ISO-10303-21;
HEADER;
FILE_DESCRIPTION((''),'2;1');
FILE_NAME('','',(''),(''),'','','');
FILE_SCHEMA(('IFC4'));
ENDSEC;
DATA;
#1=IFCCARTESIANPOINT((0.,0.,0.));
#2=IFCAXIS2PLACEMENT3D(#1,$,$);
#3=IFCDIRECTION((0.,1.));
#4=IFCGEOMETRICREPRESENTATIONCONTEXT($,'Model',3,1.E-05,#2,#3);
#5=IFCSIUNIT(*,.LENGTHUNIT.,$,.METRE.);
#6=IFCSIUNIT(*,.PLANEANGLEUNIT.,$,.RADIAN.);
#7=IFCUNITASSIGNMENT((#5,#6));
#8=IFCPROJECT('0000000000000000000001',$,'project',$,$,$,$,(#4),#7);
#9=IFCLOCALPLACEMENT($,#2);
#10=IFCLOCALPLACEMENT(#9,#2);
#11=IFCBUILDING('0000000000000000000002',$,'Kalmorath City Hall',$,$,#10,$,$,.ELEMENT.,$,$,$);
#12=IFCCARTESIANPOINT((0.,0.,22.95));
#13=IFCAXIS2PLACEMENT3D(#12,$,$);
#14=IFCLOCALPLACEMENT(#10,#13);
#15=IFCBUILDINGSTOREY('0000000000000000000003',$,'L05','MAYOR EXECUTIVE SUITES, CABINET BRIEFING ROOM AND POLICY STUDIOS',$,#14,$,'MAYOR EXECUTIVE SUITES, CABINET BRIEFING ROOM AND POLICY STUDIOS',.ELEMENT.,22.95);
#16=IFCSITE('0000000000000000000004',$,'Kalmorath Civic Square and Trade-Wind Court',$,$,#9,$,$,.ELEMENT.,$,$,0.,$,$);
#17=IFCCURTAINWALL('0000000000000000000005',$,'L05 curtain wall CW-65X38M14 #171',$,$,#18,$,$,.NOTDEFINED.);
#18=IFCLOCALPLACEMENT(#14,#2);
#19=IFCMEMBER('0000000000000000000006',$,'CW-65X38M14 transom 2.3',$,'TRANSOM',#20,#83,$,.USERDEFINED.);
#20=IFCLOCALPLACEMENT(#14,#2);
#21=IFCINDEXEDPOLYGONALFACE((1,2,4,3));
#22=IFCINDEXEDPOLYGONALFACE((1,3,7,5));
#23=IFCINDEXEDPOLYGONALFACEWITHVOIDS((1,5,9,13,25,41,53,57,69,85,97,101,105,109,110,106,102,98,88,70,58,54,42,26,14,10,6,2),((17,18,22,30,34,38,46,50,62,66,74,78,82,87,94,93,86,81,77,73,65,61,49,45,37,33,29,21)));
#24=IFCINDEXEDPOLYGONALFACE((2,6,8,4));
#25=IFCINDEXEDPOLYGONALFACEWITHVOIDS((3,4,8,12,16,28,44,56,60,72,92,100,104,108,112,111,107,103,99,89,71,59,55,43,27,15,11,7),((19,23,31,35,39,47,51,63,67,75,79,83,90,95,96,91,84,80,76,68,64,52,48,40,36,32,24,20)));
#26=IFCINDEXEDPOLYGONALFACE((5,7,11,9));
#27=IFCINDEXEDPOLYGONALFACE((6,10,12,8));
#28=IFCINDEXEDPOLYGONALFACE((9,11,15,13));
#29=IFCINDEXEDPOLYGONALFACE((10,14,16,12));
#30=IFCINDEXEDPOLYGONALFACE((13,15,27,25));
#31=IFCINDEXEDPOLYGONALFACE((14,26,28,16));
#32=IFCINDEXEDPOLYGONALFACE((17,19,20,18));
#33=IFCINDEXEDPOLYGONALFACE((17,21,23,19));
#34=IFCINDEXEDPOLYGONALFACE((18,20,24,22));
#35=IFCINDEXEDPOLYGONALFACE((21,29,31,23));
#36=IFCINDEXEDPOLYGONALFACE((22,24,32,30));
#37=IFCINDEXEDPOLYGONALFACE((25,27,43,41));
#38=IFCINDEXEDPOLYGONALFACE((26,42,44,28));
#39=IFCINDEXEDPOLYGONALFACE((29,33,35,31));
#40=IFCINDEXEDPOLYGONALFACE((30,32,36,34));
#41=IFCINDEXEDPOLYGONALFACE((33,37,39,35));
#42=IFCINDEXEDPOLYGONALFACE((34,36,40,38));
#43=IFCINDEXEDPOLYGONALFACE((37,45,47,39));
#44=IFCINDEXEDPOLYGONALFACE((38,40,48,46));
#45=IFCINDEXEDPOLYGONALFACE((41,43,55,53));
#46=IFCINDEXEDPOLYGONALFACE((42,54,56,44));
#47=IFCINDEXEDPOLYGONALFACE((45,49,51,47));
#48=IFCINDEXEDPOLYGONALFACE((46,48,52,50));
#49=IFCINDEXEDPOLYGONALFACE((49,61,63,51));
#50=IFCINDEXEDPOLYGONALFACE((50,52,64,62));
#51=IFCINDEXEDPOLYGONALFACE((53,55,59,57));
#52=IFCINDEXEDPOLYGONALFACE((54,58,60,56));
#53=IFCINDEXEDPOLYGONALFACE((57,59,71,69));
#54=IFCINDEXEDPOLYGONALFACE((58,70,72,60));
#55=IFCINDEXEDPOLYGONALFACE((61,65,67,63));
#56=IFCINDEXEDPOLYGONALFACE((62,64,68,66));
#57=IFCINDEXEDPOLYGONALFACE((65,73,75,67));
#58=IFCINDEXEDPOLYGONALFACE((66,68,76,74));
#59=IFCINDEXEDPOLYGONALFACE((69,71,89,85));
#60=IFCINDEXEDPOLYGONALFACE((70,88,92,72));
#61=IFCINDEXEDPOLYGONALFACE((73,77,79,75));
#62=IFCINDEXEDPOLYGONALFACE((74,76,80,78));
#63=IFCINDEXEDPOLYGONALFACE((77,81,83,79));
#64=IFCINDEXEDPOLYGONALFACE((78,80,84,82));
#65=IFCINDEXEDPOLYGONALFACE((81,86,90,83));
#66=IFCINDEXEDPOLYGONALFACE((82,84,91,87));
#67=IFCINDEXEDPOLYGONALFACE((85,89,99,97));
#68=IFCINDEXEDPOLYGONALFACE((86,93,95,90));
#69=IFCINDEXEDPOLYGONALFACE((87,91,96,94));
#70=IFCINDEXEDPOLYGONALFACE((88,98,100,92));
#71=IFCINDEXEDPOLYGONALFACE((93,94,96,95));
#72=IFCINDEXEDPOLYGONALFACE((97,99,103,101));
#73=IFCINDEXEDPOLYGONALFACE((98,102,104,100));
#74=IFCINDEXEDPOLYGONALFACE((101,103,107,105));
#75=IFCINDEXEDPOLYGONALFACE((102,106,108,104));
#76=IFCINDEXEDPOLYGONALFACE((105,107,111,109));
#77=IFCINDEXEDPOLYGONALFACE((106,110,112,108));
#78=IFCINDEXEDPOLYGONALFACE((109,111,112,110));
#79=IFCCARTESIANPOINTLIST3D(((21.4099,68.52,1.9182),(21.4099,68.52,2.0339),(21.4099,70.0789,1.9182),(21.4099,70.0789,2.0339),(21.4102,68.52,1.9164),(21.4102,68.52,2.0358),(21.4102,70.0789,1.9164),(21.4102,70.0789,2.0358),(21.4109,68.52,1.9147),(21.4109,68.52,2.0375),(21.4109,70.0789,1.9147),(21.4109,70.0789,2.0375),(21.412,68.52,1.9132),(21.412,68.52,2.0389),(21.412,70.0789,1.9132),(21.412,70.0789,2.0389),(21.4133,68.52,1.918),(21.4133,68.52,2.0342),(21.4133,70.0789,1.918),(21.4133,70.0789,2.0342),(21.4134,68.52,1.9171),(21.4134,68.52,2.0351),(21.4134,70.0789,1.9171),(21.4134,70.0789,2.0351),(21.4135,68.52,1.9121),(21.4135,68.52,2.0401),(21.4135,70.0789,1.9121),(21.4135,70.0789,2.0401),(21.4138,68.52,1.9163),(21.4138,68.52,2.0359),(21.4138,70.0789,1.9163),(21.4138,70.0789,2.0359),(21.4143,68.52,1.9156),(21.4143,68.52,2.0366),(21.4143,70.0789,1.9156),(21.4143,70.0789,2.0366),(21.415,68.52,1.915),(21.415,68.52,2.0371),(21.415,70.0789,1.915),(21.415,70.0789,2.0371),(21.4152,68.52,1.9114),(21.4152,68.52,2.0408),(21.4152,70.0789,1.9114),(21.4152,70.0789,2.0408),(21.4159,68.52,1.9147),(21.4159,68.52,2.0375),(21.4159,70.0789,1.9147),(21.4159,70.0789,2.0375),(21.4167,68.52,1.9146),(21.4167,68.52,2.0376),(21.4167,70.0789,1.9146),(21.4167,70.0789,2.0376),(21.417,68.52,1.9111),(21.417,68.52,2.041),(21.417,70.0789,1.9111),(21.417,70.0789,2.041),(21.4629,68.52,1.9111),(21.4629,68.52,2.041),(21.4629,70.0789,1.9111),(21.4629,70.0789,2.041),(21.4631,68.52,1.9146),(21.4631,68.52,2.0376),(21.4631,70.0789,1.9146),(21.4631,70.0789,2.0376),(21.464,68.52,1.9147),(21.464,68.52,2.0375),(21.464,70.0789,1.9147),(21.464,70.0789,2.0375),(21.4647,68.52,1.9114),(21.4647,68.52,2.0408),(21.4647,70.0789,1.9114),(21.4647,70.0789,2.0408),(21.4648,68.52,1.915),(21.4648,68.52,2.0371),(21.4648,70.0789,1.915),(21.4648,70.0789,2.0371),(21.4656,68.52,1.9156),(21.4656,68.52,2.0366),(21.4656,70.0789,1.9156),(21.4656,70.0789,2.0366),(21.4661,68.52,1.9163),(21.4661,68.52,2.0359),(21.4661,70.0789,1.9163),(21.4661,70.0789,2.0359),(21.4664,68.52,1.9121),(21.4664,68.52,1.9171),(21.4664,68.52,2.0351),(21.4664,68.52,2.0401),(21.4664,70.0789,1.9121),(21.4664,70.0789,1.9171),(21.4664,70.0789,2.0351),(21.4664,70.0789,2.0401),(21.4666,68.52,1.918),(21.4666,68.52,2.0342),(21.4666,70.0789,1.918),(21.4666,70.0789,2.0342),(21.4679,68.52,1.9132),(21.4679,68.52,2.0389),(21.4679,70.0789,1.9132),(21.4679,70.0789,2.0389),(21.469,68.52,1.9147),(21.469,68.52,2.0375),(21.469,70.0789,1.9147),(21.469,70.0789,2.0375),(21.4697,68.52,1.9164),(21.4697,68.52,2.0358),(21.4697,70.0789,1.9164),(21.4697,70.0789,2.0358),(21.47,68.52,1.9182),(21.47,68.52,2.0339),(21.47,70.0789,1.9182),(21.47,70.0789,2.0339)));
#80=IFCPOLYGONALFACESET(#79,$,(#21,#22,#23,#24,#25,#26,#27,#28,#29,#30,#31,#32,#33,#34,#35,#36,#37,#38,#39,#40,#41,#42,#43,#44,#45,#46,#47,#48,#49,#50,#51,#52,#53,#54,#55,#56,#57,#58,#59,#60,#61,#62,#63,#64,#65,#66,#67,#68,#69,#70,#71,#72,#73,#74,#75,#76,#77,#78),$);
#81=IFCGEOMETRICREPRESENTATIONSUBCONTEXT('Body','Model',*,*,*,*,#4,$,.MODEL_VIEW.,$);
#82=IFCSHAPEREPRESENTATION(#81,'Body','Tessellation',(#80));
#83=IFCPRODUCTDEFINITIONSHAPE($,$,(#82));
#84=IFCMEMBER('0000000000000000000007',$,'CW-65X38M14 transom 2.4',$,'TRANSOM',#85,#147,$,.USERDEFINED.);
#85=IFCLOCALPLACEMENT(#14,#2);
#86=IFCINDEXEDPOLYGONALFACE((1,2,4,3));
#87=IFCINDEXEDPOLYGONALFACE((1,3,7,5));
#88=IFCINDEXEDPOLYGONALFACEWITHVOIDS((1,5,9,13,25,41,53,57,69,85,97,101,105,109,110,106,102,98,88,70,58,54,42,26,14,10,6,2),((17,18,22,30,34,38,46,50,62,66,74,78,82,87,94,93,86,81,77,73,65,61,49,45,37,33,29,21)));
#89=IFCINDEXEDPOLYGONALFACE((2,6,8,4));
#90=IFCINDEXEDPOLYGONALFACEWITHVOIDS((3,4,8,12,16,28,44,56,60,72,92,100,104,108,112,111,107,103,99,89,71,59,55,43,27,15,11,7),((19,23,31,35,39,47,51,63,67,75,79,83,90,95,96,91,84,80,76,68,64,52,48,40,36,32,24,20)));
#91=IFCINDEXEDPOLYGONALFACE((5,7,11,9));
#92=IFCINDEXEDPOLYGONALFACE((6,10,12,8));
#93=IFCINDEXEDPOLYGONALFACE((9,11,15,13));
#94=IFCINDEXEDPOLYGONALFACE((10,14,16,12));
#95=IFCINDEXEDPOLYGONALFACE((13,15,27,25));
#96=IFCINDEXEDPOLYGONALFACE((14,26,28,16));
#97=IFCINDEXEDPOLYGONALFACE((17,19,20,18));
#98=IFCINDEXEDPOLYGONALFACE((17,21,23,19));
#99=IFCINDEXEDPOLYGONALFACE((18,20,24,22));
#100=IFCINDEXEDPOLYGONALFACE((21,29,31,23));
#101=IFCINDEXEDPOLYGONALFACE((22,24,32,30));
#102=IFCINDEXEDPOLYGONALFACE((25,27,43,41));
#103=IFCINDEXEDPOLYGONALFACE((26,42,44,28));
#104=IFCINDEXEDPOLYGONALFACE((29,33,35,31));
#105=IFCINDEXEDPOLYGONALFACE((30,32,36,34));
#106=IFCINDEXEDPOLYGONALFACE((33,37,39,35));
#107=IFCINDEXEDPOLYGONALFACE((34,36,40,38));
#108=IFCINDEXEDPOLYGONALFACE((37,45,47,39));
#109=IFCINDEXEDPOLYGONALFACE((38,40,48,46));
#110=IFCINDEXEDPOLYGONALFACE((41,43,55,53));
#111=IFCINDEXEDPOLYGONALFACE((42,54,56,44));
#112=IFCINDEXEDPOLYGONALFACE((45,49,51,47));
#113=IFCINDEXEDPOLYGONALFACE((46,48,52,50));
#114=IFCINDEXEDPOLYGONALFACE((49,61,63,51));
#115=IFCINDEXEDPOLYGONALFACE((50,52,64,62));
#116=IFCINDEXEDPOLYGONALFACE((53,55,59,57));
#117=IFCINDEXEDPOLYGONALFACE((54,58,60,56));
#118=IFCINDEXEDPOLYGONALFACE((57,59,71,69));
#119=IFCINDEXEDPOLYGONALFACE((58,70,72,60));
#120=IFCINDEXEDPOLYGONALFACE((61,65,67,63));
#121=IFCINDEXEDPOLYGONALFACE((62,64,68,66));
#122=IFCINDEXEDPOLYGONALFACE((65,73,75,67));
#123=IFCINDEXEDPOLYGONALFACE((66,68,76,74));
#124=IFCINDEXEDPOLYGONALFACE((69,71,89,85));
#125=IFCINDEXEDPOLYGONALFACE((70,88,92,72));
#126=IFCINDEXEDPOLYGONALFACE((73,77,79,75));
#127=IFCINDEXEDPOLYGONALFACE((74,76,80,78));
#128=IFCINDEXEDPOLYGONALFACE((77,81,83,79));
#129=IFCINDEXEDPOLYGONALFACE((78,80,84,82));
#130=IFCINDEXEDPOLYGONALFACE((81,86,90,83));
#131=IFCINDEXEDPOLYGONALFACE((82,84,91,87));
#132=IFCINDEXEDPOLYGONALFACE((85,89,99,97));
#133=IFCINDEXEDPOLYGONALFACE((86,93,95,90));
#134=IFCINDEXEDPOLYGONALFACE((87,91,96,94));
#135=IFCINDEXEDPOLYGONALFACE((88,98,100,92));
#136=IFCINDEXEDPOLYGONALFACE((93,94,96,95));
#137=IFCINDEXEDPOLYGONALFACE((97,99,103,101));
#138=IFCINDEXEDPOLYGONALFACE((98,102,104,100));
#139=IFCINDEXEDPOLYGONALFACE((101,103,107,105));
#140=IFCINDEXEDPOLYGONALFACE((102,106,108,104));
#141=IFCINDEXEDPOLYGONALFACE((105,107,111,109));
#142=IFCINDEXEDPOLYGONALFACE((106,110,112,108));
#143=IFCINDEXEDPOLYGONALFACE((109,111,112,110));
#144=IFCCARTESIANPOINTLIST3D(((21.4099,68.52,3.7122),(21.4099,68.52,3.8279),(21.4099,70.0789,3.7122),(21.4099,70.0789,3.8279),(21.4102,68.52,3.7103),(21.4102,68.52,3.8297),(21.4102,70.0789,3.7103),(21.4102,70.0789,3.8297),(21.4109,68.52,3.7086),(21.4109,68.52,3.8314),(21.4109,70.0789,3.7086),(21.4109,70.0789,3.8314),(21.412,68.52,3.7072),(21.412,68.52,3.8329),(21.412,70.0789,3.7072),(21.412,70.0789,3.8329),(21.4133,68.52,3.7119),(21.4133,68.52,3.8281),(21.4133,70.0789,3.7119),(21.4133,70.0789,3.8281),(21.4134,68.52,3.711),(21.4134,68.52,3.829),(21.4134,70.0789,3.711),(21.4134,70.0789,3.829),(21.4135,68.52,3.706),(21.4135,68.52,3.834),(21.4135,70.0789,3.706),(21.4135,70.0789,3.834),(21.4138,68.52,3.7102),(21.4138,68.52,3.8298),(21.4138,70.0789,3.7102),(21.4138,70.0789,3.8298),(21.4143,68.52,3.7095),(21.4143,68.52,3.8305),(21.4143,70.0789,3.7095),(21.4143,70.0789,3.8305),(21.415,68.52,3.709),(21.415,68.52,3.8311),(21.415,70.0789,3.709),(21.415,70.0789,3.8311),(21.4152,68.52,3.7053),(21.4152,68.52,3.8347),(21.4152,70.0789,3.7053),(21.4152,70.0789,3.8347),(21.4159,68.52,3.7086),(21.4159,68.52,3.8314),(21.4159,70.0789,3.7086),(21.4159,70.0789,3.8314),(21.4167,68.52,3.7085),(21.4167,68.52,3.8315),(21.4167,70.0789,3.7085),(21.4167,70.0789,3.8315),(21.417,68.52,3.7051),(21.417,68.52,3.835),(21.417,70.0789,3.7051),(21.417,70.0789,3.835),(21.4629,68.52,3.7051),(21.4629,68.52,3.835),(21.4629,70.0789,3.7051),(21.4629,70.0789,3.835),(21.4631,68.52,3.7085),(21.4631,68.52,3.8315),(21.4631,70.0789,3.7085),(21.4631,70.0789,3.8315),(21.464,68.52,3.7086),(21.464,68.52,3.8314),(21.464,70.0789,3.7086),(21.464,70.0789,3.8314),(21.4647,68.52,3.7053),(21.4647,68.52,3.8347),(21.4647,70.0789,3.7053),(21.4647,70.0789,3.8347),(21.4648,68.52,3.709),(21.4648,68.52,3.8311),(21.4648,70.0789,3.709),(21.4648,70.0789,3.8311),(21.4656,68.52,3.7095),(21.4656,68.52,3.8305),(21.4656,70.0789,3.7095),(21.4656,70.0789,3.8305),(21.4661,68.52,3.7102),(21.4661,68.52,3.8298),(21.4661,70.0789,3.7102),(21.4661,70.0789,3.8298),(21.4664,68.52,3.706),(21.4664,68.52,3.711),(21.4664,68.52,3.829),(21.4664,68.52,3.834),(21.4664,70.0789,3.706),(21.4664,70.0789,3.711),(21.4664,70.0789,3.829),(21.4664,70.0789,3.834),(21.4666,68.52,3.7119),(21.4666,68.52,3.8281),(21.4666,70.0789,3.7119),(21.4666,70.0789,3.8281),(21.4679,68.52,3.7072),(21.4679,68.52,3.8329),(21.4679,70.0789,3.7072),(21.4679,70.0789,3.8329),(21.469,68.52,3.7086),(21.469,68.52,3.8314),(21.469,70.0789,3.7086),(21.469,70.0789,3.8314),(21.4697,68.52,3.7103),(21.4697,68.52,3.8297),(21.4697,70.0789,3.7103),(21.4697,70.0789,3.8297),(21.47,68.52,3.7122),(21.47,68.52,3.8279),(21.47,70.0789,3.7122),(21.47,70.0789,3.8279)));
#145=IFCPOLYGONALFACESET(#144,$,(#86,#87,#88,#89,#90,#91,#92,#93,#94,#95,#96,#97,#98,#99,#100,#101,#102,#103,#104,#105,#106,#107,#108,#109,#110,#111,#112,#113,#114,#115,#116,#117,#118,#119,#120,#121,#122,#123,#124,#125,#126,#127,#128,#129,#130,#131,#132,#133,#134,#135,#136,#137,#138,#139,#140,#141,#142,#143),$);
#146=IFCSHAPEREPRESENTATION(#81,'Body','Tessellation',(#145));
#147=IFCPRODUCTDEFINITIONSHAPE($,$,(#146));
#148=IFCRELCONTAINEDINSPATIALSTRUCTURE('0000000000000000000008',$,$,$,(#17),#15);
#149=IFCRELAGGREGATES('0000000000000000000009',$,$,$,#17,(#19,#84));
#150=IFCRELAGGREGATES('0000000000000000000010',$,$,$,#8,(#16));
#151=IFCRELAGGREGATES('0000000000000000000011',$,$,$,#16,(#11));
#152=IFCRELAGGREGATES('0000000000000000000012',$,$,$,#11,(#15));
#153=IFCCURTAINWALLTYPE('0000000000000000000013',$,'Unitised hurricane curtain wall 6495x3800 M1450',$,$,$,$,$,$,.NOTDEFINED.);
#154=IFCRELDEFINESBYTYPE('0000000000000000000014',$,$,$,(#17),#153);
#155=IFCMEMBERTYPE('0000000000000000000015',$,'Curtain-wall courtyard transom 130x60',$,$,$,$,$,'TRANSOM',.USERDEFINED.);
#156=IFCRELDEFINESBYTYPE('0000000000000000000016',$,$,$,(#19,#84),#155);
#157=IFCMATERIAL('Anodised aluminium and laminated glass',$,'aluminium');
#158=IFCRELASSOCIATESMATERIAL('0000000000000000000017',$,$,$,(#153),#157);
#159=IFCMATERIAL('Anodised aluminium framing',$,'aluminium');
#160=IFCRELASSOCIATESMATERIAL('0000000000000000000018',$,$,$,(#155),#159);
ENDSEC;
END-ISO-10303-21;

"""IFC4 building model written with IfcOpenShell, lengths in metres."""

from ifc_helpers import new_model, si_unit, direction, frame, origin, origin_2d, place, context, subcontext, project, spatial, hollow_rectangle, extrude, material, material_profile, profile_set, type_object, element, aggregate, save


model = new_model("IFC4")

# Units and contexts
model_context = context("Model", 3, precision=1e-05, world=origin(), true_north=direction((0.0, 1.0)))
body_context = subcontext(model_context, "Body", "Model", "MODEL_VIEW")
ifc_project = project(units=[si_unit("LENGTHUNIT", "METRE"), si_unit("PLANEANGLEUNIT", "RADIAN")], contexts=[model_context])

# Site, building, storey
site_placement = place(None, origin())
site = spatial("IfcSite", under=ifc_project, at=site_placement, Name="Kalmorath Civic Square and Trade-Wind Court", CompositionType="ELEMENT", RefElevation=0.0)
building_placement = place(site_placement, origin())
building = spatial("IfcBuilding", under=site, at=building_placement, Name="Kalmorath City Hall", CompositionType="ELEMENT")
storey_placement = place(building_placement, frame((0.0, 0.0, 22.95)))
storey = spatial("IfcBuildingStorey", under=building, at=storey_placement, Name="L05", Description="MAYOR EXECUTIVE SUITES, CABINET BRIEFING ROOM AND POLICY STUDIOS", LongName="MAYOR EXECUTIVE SUITES, CABINET BRIEFING ROOM AND POLICY STUDIOS", CompositionType="ELEMENT", Elevation=22.95)

# Curtain wall, members
ifc_material_1 = material(Name="Anodised aluminium and laminated glass", Category="aluminium")
curtain_wall_type = type_object("IfcCurtainWallType", Name="Unitised hurricane curtain wall 6495x3800 M1450", PredefinedType="NOTDEFINED", material=ifc_material_1)
curtain_wall_placement = place(storey_placement, origin())
curtain_wall = element("IfcCurtainWall", 1, at=curtain_wall_placement, inside=storey, type_object=curtain_wall_type, Name="L05 curtain wall CW-65X38M14 #171", PredefinedType="NOTDEFINED")
ifc_material_2 = material(Name="Anodised aluminium framing", Category="aluminium")
ifc_material_profile_1 = material_profile(ifc_material_2, hollow_rectangle(XDim=0.0601, YDim=0.1299, WallThickness=0.0034, InnerFilletRadius=0.0034, OuterFilletRadius=0.0071, at=origin_2d()), Name="ALU-TRN-130X60X3.5")
ifc_profile_set_1 = profile_set([ifc_material_profile_1], Name="Anodised aluminium framing")
member_type_1 = type_object("IfcMemberType", Name="Curtain-wall courtyard transom 130x60", ElementType="TRANSOM", PredefinedType="USERDEFINED", material=ifc_profile_set_1)
member_1_placement = place(storey_placement, frame((21.4399, 70.0789, 1.9761), z_axis=(0.0, -1.0, 0.0), x_axis=(1.0, 0.0, 0.0)))
member_1 = element("IfcMember", 2, at=member_1_placement, type_object=member_type_1, Name="CW-65X38M14 transom 2.3", ObjectType="TRANSOM", PredefinedType="USERDEFINED", context=body_context, shape_type="SweptSolid", body=[
    extrude(hollow_rectangle(XDim=0.0601, YDim=0.1299, WallThickness=0.0034, InnerFilletRadius=0.0034, OuterFilletRadius=0.0071, at=origin_2d()), origin(), (0.0, 0.0, 1.0), 1.5588),
])
member_2_placement = place(storey_placement, frame((21.4399, 70.0789, 3.77), z_axis=(0.0, -1.0, 0.0), x_axis=(1.0, 0.0, 0.0)))
member_2 = element("IfcMember", 3, at=member_2_placement, type_object=member_type_1, Name="CW-65X38M14 transom 2.4", ObjectType="TRANSOM", PredefinedType="USERDEFINED", context=body_context, shape_type="SweptSolid", body=[
    extrude(hollow_rectangle(XDim=0.0601, YDim=0.1299, WallThickness=0.0034, InnerFilletRadius=0.0034, OuterFilletRadius=0.0071, at=origin_2d()), origin(), (0.0, 0.0, 1.0), 1.5588),
])
aggregate(curtain_wall, [member_1, member_2])

save(model, "model.ifc")
